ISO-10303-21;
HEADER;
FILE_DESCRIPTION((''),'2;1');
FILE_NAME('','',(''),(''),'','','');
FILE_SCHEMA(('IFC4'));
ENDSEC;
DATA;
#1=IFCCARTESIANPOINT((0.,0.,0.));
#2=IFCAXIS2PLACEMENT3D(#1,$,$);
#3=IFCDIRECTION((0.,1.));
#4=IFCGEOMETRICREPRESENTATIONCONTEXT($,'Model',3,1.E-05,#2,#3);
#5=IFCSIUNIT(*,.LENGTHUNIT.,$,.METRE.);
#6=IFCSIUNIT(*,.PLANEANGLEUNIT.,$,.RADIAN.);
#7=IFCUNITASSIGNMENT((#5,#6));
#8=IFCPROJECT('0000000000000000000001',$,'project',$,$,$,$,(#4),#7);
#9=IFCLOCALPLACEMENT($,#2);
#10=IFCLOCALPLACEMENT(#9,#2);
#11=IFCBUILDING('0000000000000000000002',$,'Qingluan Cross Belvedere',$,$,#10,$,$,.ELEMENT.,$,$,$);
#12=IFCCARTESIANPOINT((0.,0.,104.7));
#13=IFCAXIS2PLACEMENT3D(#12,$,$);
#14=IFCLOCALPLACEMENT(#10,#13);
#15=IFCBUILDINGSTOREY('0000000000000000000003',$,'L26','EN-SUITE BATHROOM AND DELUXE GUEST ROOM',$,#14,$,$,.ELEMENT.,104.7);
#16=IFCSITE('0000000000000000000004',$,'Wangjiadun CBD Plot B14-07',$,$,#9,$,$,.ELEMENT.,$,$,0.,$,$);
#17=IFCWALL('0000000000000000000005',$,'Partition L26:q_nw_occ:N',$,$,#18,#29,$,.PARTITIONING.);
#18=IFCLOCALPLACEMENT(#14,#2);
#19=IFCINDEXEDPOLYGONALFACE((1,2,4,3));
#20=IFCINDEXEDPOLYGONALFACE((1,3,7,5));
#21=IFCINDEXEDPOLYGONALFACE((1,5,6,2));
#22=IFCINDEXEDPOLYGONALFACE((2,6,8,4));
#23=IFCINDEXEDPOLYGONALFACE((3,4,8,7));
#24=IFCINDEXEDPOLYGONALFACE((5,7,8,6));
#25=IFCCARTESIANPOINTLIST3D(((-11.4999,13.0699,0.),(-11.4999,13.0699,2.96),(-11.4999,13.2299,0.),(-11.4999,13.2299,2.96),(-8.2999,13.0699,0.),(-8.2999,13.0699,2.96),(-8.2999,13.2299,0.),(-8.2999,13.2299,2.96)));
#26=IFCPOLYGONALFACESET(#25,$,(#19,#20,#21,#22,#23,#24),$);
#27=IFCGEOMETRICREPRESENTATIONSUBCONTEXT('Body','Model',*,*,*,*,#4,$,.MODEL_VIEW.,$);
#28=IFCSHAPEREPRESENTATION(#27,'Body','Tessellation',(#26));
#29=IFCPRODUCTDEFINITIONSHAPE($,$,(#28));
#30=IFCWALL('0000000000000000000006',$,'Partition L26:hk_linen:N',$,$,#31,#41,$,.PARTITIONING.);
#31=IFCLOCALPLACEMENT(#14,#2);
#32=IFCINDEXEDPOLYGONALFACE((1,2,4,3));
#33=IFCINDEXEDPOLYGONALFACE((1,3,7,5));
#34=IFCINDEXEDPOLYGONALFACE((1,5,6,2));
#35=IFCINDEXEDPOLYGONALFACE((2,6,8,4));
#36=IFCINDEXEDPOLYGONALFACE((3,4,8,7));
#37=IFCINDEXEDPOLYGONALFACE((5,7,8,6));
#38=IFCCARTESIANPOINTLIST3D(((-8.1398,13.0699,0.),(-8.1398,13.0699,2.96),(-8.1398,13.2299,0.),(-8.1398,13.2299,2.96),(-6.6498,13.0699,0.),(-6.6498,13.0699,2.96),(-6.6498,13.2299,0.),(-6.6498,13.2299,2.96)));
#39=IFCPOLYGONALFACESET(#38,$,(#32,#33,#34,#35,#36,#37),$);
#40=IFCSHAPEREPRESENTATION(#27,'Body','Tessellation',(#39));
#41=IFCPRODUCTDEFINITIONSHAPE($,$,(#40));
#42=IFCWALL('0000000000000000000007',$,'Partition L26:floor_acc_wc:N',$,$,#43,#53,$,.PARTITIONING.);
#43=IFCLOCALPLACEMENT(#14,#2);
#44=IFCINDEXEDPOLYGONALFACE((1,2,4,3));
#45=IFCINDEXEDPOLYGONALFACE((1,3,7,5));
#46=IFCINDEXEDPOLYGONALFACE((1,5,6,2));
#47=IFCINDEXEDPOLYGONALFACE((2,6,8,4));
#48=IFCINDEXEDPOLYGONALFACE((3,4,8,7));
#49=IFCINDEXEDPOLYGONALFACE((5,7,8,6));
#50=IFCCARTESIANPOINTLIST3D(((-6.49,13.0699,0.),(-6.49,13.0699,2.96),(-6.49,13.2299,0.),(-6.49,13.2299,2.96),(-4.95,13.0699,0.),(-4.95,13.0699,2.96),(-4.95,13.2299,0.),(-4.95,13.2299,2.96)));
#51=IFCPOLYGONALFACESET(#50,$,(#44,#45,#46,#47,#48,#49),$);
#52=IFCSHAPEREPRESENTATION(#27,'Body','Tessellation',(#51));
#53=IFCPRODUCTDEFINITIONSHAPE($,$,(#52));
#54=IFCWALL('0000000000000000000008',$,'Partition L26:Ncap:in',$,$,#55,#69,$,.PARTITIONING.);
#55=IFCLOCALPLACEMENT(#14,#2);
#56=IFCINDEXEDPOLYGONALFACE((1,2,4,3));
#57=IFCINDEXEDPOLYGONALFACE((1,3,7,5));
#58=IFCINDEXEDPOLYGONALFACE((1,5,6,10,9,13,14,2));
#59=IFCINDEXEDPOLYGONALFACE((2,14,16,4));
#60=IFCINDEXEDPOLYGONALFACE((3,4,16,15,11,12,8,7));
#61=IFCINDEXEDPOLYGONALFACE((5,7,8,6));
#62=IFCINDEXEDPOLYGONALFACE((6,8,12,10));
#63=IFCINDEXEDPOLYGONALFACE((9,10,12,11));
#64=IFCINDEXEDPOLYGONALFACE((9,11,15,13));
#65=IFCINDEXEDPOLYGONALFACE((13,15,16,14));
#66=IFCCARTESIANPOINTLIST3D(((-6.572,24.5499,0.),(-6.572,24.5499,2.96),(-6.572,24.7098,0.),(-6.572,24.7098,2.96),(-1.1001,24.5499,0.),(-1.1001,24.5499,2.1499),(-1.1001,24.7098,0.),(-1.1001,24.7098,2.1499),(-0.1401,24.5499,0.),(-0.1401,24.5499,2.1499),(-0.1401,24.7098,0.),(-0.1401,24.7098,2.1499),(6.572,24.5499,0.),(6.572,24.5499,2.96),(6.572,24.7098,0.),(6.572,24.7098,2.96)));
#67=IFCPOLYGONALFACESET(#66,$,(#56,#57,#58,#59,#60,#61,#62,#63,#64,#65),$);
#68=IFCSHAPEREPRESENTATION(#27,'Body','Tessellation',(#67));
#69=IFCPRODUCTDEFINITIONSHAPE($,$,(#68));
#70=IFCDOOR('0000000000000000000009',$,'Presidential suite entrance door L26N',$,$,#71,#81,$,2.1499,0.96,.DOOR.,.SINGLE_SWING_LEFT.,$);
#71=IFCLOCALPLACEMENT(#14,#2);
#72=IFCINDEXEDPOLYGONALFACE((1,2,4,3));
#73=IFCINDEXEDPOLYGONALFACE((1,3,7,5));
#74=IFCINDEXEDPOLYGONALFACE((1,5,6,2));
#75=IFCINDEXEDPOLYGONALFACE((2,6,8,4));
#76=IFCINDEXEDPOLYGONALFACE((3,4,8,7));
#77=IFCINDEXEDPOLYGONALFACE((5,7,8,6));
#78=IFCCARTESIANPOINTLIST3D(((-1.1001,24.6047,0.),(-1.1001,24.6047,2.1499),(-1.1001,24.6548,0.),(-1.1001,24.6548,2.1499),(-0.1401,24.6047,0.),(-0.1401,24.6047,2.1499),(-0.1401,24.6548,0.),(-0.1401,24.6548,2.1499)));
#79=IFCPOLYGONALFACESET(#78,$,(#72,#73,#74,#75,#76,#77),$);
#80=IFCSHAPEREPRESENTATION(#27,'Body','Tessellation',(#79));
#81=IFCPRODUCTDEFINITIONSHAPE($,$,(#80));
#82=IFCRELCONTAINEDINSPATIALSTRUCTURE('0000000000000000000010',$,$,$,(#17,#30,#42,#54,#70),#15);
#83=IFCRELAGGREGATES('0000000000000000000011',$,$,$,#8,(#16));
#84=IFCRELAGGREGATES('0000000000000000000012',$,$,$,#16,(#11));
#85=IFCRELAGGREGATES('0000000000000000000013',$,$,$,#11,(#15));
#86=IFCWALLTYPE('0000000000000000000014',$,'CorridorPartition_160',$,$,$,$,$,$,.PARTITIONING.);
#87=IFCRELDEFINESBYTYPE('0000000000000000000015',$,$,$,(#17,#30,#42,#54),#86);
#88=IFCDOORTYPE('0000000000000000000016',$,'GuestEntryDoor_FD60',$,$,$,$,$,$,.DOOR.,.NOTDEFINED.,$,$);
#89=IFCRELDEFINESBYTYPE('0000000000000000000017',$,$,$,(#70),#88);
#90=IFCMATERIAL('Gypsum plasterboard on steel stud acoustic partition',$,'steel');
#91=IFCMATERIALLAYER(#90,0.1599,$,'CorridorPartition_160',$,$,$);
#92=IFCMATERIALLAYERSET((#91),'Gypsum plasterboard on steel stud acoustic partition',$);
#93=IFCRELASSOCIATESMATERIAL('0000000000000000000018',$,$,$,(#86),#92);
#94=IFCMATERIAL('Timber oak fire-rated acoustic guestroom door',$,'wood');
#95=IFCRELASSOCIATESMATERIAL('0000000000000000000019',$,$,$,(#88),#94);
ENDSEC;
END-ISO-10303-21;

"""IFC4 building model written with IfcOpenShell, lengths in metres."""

from ifc_helpers import new_model, si_unit, direction, frame, frame_2d, origin, place, context, subcontext, project, spatial, rectangle, extrude, material, layer, layer_set, type_object, element, fill, save


model = new_model("IFC4")

# Units and contexts
model_context = context("Model", 3, precision=1e-05, world=origin(), true_north=direction((0.0, 1.0)))
body_context = subcontext(model_context, "Body", "Model", "MODEL_VIEW")
ifc_project = project(units=[si_unit("LENGTHUNIT", "METRE"), si_unit("PLANEANGLEUNIT", "RADIAN")], contexts=[model_context])

# Site, building, storey
site_placement = place(None, origin())
site = spatial("IfcSite", under=ifc_project, at=site_placement, Name="Wangjiadun CBD Plot B14-07", CompositionType="ELEMENT", RefElevation=0.0)
building_placement = place(site_placement, origin())
building = spatial("IfcBuilding", under=site, at=building_placement, Name="Qingluan Cross Belvedere", CompositionType="ELEMENT")
storey_placement = place(building_placement, frame((0.0, 0.0, 104.7)))
storey = spatial("IfcBuildingStorey", under=building, at=storey_placement, Name="L26", Description="EN-SUITE BATHROOM AND DELUXE GUEST ROOM", CompositionType="ELEMENT", Elevation=104.7)

# Walls
ifc_material_1 = material(Name="Gypsum plasterboard on steel stud acoustic partition", Category="steel")
ifc_layer_1 = layer(ifc_material_1, 0.1599, Name="CorridorPartition_160")
ifc_layer_set_1 = layer_set([ifc_layer_1], Name="Gypsum plasterboard on steel stud acoustic partition")
wall_type_1 = type_object("IfcWallType", Name="CorridorPartition_160", PredefinedType="PARTITIONING", material=ifc_layer_set_1)
wall_1_placement = place(storey_placement, frame((-11.5, 13.1499, 0.0), z_axis=(0.0, 0.0, 1.0), x_axis=(1.0, 0.0, 0.0)))
element("IfcWall", 1, at=wall_1_placement, inside=storey, type_object=wall_type_1, Name="Partition L26:q_nw_occ:N", PredefinedType="PARTITIONING", context=body_context, shape_type="SweptSolid", body=[
    extrude(rectangle(XDim=3.2, YDim=0.1599, at=frame_2d((1.6001, 0.0))), origin(), (0.0, 0.0, 1.0), 2.96),
])
wall_2_placement = place(storey_placement, frame((-8.1399, 13.1499, 0.0), z_axis=(0.0, 0.0, 1.0), x_axis=(1.0, 0.0, 0.0)))
element("IfcWall", 2, at=wall_2_placement, inside=storey, type_object=wall_type_1, Name="Partition L26:hk_linen:N", PredefinedType="PARTITIONING", context=body_context, shape_type="SweptSolid", body=[
    extrude(rectangle(XDim=1.49, YDim=0.1599, at=frame_2d((0.7451, 0.0))), origin(), (0.0, 0.0, 1.0), 2.96),
])
wall_3_placement = place(storey_placement, frame((-6.49, 13.1499, 0.0), z_axis=(0.0, 0.0, 1.0), x_axis=(1.0, 0.0, 0.0)))
element("IfcWall", 3, at=wall_3_placement, inside=storey, type_object=wall_type_1, Name="Partition L26:floor_acc_wc:N", PredefinedType="PARTITIONING", context=body_context, shape_type="SweptSolid", body=[
    extrude(rectangle(XDim=1.54, YDim=0.1599, at=frame_2d((0.77, 0.0))), origin(), (0.0, 0.0, 1.0), 2.96),
])

# Wall, opening, door
wall_4_placement = place(storey_placement, frame((-6.572, 24.6299, 0.0), z_axis=(0.0, 0.0, 1.0), x_axis=(1.0, 0.0, 0.0)))
wall_4 = element("IfcWall", 4, at=wall_4_placement, inside=storey, type_object=wall_type_1, Name="Partition L26:Ncap:in", PredefinedType="PARTITIONING", context=body_context, shape_type="SweptSolid", body=[
    extrude(rectangle(XDim=13.144, YDim=0.1599, at=frame_2d((6.572, 0.0))), origin(), (0.0, 0.0, 1.0), 2.96),
])
opening_1_placement = place(wall_4_placement, frame((5.4719, 0.0, 0.0)))
opening_1 = element("IfcOpeningElement", 5, at=opening_1_placement, cuts=wall_4, PredefinedType="OPENING", context=body_context, shape_type="SweptSolid", body=[
    extrude(rectangle(XDim=0.96, YDim=2.1499, at=frame_2d((0.48, 1.075))), frame((0.0, 0.0898, 0.0), z_axis=(0.0, -1.0, 0.0), x_axis=(1.0, 0.0, 0.0)), (0.0, 0.0, 1.0), 0.1799),
])
ifc_material_2 = material(Name="Timber oak fire-rated acoustic guestroom door", Category="wood")
door_type = type_object("IfcDoorType", Name="GuestEntryDoor_FD60", OperationType="NOTDEFINED", PredefinedType="DOOR", material=ifc_material_2)
door_placement = place(opening_1_placement, origin())
door = element("IfcDoor", 6, at=door_placement, inside=storey, type_object=door_type, Name="Presidential suite entrance door L26N", OperationType="SINGLE_SWING_LEFT", OverallHeight=2.1499, OverallWidth=0.96, PredefinedType="DOOR", context=body_context, shape_type="SweptSolid", body=[
    extrude(rectangle(XDim=0.96, YDim=2.1499, at=frame_2d((0.48, 1.075))), frame((0.0, 0.0249, 0.0), z_axis=(0.0, -1.0, 0.0), x_axis=(1.0, 0.0, 0.0)), (0.0, 0.0, 1.0), 0.05),
])
fill(opening_1, door)

save(model, "model.ifc")
